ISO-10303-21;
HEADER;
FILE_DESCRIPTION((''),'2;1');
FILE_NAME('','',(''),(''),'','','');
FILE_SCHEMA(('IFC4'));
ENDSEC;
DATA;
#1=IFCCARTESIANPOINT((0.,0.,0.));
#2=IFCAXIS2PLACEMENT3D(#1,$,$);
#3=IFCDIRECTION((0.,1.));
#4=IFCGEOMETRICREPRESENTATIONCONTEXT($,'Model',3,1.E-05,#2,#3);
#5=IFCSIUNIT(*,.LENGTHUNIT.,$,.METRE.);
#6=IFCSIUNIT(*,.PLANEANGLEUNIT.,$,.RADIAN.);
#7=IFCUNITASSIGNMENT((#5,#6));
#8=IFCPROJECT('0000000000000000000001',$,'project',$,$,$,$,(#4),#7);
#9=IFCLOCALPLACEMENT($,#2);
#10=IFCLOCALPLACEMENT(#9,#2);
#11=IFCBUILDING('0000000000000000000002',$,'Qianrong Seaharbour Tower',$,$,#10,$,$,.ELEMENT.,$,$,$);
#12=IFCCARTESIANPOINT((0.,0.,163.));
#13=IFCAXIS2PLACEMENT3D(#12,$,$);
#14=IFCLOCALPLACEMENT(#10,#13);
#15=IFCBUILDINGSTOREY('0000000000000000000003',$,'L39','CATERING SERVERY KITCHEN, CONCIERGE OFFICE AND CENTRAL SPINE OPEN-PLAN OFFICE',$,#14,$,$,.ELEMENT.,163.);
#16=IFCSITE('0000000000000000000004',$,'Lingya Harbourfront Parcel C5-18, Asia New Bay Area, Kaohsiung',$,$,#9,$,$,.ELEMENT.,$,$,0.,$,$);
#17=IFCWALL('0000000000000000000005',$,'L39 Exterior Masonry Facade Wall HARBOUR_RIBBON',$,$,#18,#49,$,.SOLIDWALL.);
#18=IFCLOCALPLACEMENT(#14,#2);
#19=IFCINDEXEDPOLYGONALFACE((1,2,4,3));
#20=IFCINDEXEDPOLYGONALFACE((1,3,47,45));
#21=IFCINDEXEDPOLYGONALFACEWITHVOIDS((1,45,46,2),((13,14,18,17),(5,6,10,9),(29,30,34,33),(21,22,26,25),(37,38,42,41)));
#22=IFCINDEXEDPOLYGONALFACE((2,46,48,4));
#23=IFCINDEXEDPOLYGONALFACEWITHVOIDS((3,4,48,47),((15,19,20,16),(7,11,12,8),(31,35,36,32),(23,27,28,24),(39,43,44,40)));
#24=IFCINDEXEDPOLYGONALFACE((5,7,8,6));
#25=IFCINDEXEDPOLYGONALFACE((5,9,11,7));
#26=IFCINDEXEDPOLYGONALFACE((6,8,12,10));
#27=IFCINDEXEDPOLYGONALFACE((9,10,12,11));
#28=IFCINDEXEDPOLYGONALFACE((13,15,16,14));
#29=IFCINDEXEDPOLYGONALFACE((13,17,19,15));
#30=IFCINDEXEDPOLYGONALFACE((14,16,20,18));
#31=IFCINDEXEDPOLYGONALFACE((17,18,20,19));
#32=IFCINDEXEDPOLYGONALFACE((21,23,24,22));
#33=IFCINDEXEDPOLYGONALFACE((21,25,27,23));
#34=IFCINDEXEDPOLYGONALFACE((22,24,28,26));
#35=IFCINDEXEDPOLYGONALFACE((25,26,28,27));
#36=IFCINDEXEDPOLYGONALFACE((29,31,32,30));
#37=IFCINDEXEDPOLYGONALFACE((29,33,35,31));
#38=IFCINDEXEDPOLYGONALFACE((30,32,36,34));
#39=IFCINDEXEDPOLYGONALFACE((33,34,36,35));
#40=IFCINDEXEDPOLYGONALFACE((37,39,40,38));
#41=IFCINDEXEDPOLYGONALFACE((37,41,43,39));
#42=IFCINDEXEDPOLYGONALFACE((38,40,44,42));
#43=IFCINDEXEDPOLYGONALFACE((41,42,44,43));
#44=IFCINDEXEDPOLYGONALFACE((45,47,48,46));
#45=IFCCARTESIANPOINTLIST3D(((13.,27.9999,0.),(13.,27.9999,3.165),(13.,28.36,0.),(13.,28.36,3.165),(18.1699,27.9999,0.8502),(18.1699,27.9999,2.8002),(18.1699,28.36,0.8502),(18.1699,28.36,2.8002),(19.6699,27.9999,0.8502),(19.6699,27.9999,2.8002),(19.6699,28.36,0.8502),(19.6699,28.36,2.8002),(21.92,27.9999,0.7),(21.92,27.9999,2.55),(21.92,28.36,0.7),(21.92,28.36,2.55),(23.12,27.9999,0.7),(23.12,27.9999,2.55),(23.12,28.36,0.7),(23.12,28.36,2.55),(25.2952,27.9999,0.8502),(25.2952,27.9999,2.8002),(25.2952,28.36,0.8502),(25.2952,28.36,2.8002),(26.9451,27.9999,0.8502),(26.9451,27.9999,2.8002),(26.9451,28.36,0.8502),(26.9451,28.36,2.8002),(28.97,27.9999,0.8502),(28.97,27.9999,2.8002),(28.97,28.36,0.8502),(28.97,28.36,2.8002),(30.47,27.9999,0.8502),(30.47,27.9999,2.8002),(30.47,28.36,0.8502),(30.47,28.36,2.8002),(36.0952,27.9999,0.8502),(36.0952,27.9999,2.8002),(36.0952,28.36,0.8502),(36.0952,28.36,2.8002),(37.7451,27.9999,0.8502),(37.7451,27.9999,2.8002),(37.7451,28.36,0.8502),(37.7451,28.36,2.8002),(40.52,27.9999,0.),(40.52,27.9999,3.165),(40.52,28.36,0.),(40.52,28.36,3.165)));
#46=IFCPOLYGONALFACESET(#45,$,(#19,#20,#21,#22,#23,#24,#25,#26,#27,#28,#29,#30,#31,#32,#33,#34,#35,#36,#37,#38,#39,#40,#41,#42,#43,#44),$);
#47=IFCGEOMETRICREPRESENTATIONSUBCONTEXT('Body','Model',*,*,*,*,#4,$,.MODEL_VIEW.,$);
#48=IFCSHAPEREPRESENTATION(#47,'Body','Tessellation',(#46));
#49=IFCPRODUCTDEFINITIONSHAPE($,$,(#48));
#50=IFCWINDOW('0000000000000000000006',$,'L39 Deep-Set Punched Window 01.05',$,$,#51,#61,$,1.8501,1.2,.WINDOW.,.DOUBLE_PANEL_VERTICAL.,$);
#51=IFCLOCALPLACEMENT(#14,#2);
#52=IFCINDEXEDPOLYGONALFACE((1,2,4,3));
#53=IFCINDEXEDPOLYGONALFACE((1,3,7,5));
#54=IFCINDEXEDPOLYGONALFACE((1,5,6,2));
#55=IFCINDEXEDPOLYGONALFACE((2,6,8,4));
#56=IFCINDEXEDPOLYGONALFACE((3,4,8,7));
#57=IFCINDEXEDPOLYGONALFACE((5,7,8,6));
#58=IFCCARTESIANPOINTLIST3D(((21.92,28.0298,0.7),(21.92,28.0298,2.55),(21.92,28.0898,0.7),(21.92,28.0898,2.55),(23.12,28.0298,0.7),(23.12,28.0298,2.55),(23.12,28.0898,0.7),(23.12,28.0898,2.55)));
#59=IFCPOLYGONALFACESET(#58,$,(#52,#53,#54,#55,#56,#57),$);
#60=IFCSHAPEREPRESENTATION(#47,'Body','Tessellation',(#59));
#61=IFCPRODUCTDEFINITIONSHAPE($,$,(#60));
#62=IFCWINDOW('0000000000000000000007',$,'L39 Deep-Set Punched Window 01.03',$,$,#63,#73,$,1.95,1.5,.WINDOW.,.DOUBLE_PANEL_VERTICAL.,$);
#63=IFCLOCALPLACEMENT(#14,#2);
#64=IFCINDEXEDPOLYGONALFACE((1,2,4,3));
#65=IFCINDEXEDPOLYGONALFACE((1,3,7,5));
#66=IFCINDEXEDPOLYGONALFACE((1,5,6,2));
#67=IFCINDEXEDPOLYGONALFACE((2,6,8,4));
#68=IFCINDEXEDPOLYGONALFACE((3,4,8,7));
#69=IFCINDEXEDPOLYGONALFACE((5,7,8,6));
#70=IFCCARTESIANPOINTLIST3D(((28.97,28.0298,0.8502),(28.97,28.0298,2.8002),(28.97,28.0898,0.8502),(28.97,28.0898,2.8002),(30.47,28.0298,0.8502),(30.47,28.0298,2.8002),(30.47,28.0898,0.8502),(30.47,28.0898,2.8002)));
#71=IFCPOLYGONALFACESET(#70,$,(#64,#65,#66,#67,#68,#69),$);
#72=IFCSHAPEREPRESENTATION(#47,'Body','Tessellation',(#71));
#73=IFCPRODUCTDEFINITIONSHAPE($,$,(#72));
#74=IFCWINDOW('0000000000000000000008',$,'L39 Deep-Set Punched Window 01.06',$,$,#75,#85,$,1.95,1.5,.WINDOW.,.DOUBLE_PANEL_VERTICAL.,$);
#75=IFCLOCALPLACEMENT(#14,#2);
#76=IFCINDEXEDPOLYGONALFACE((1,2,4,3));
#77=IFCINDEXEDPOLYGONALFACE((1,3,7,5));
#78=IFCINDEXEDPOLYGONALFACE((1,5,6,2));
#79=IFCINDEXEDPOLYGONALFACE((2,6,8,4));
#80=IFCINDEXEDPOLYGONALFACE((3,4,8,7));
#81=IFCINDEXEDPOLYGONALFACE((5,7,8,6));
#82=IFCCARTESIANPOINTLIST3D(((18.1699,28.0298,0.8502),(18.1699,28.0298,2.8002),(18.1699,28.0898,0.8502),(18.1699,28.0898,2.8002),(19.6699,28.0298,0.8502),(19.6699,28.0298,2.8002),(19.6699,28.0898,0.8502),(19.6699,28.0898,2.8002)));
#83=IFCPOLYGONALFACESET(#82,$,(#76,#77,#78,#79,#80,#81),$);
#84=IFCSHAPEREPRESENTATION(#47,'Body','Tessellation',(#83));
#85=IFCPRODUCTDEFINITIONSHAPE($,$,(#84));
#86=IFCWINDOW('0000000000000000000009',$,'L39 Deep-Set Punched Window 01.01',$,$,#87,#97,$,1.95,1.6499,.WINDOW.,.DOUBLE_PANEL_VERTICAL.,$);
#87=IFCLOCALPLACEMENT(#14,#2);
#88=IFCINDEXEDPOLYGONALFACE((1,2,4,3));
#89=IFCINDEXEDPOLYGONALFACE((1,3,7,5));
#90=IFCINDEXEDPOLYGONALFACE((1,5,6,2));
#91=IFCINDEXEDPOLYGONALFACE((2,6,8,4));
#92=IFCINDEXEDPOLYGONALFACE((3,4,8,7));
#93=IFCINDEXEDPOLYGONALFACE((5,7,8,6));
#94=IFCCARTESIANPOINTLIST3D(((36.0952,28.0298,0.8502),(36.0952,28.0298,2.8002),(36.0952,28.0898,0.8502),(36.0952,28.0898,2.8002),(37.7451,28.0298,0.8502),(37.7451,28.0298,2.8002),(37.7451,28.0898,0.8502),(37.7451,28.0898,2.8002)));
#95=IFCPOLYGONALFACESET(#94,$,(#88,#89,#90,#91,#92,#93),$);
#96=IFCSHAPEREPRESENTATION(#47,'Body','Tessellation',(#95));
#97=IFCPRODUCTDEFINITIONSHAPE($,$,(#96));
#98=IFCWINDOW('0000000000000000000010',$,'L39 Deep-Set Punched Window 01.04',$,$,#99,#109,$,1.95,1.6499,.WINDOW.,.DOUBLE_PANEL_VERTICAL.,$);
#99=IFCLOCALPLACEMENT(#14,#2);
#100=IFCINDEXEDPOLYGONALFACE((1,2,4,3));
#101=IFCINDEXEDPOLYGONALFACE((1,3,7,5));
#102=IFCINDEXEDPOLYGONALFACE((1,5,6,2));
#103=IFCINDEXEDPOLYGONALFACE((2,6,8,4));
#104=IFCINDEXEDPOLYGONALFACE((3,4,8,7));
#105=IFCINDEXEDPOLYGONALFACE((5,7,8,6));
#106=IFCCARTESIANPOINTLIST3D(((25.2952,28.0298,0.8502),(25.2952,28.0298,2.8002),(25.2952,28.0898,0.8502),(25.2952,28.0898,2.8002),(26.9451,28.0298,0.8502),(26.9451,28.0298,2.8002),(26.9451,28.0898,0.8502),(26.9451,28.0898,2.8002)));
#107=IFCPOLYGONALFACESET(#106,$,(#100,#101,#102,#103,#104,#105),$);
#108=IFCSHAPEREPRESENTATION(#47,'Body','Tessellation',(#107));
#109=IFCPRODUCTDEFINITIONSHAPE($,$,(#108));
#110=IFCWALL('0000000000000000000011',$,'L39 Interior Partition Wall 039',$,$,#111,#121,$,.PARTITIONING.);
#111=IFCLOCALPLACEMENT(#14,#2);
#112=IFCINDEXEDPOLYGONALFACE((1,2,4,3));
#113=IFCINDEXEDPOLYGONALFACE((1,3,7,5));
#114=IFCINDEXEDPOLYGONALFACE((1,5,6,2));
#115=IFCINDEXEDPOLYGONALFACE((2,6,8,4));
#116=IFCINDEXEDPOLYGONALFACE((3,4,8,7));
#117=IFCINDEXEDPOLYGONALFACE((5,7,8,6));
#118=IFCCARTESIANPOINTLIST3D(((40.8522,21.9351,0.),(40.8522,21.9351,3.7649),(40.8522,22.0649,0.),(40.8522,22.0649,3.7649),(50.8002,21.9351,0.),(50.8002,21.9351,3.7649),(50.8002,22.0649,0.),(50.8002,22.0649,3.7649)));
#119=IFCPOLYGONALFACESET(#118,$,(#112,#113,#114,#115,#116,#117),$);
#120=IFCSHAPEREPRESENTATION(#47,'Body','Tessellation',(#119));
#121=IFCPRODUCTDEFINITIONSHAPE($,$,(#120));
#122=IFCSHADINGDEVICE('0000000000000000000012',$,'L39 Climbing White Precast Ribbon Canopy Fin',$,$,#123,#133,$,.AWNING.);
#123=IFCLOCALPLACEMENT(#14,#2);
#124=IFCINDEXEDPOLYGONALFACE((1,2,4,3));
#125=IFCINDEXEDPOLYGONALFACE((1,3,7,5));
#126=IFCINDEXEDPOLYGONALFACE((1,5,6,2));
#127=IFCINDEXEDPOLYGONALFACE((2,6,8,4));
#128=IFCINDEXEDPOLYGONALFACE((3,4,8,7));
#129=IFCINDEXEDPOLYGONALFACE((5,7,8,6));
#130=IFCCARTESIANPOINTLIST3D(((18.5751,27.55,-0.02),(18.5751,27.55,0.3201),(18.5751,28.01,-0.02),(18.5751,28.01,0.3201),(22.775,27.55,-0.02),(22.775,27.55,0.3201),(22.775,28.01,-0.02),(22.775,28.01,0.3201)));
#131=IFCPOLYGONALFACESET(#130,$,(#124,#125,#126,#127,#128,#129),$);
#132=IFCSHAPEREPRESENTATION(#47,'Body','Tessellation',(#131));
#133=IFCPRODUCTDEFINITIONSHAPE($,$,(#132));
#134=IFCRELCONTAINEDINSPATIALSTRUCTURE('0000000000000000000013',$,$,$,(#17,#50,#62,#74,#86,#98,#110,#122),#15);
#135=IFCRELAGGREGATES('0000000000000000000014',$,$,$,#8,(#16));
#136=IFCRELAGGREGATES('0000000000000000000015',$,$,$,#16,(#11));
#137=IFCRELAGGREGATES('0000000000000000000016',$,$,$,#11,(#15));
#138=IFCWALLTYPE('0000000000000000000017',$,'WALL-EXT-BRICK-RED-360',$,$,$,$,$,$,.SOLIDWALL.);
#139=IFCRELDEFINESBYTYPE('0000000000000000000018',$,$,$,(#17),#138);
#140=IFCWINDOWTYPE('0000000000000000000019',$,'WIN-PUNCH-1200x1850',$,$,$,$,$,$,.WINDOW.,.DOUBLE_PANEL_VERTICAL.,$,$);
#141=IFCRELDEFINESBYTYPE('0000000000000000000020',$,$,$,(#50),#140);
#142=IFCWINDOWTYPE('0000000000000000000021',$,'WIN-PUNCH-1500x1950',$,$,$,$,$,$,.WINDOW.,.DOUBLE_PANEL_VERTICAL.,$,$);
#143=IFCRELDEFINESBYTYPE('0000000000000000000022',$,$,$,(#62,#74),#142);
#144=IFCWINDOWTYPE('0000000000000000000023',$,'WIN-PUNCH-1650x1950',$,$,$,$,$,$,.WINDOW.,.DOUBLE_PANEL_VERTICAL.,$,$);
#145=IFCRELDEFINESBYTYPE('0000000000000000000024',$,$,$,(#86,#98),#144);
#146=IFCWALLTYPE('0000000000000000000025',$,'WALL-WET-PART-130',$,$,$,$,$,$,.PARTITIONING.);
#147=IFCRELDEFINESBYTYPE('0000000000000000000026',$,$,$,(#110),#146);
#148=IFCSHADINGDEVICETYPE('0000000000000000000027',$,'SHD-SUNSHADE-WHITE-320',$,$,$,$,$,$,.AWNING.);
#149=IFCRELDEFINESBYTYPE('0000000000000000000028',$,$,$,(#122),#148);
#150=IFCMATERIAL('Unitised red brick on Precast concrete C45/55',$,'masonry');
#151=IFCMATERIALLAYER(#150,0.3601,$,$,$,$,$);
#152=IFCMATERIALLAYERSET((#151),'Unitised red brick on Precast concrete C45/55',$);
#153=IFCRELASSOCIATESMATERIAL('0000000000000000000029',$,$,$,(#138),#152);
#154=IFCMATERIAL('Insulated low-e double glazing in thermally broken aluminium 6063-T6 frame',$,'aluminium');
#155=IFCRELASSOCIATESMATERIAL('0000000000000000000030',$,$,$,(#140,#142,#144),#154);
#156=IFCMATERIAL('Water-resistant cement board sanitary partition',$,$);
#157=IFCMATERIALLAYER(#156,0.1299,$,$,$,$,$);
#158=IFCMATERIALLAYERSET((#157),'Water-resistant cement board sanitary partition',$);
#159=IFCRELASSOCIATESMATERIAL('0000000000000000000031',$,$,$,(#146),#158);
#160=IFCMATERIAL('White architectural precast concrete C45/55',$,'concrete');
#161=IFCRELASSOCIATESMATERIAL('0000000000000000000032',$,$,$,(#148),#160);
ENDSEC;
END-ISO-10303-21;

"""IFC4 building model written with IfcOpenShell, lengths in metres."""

from ifc_helpers import new_model, si_unit, direction, frame, frame_2d, origin, origin_2d, place, context, subcontext, project, spatial, rectangle, extrude, material, layer, layer_set, type_object, element, fill, save


model = new_model("IFC4")

# Units and contexts
model_context = context("Model", 3, precision=1e-05, world=origin(), true_north=direction((0.0, 1.0)))
body_context = subcontext(model_context, "Body", "Model", "MODEL_VIEW")
ifc_project = project(units=[si_unit("LENGTHUNIT", "METRE"), si_unit("PLANEANGLEUNIT", "RADIAN")], contexts=[model_context])

# Site, building, storey
site_placement = place(None, origin())
site = spatial("IfcSite", under=ifc_project, at=site_placement, Name="Lingya Harbourfront Parcel C5-18, Asia New Bay Area, Kaohsiung", CompositionType="ELEMENT", RefElevation=0.0)
building_placement = place(site_placement, origin())
building = spatial("IfcBuilding", under=site, at=building_placement, Name="Qianrong Seaharbour Tower", CompositionType="ELEMENT")
storey_placement = place(building_placement, frame((0.0, 0.0, 163.0)))
storey = spatial("IfcBuildingStorey", under=building, at=storey_placement, Name="L39", Description="CATERING SERVERY KITCHEN, CONCIERGE OFFICE AND CENTRAL SPINE OPEN-PLAN OFFICE", CompositionType="ELEMENT", Elevation=163.0)

# Shared definitions
ifc_material_1 = material(Name="Unitised red brick on Precast concrete C45/55", Category="masonry")
ifc_layer_1 = layer(ifc_material_1, 0.3601)
ifc_layer_set_1 = layer_set([ifc_layer_1], Name="Unitised red brick on Precast concrete C45/55")
wall_type_1 = type_object("IfcWallType", Name="WALL-EXT-BRICK-RED-360", PredefinedType="SOLIDWALL", material=ifc_layer_set_1)

# Wall, openings, windows
wall_1_placement = place(storey_placement, frame((40.52, 28.1799, 0.0), z_axis=(0.0, 0.0, 1.0), x_axis=(-1.0, 0.0, 0.0)))
wall_1 = element("IfcWall", 1, at=wall_1_placement, inside=storey, type_object=wall_type_1, Name="L39 Exterior Masonry Facade Wall HARBOUR_RIBBON", PredefinedType="SOLIDWALL", context=body_context, shape_type="SweptSolid", body=[
    extrude(rectangle(XDim=27.52, YDim=0.3601, at=frame_2d((13.76, 0.0))), origin(), (0.0, 0.0, 1.0), 3.165),
])
opening_1_placement = place(wall_1_placement, frame((2.7749, 0.0, 0.8501)))
opening_1 = element("IfcOpeningElement", 2, at=opening_1_placement, cuts=wall_1, PredefinedType="OPENING", context=body_context, shape_type="SweptSolid", body=[
    extrude(rectangle(XDim=1.6499, YDim=1.95, at=frame_2d((0.825, 0.9751))), frame((0.0, 0.1899, 0.0), z_axis=(0.0, -1.0, 0.0), x_axis=(1.0, 0.0, 0.0)), (0.0, 0.0, 1.0), 0.3801),
])
opening_2_placement = place(wall_1_placement, frame((10.05, 0.0, 0.8501)))
opening_2 = element("IfcOpeningElement", 3, at=opening_2_placement, cuts=wall_1, PredefinedType="OPENING", context=body_context, shape_type="SweptSolid", body=[
    extrude(rectangle(XDim=1.5, YDim=1.95, at=frame_2d((0.75, 0.9751))), frame((0.0, 0.1899, 0.0), z_axis=(0.0, -1.0, 0.0), x_axis=(1.0, 0.0, 0.0)), (0.0, 0.0, 1.0), 0.3801),
])
opening_3_placement = place(wall_1_placement, frame((13.575, 0.0, 0.8501)))
opening_3 = element("IfcOpeningElement", 4, at=opening_3_placement, cuts=wall_1, PredefinedType="OPENING", context=body_context, shape_type="SweptSolid", body=[
    extrude(rectangle(XDim=1.6499, YDim=1.95, at=frame_2d((0.825, 0.9751))), frame((0.0, 0.1899, 0.0), z_axis=(0.0, -1.0, 0.0), x_axis=(1.0, 0.0, 0.0)), (0.0, 0.0, 1.0), 0.3801),
])
opening_4_placement = place(wall_1_placement, frame((17.3999, 0.0, 0.7)))
opening_4 = element("IfcOpeningElement", 5, at=opening_4_placement, cuts=wall_1, PredefinedType="OPENING", context=body_context, shape_type="SweptSolid", body=[
    extrude(rectangle(XDim=1.2, YDim=1.8501, at=frame_2d((0.6001, 0.925))), frame((0.0, 0.1899, 0.0), z_axis=(0.0, -1.0, 0.0), x_axis=(1.0, 0.0, 0.0)), (0.0, 0.0, 1.0), 0.3801),
])
opening_5_placement = place(wall_1_placement, frame((20.8501, 0.0, 0.8501)))
opening_5 = element("IfcOpeningElement", 6, at=opening_5_placement, cuts=wall_1, PredefinedType="OPENING", context=body_context, shape_type="SweptSolid", body=[
    extrude(rectangle(XDim=1.5, YDim=1.95, at=frame_2d((0.75, 0.9751))), frame((0.0, 0.1899, 0.0), z_axis=(0.0, -1.0, 0.0), x_axis=(1.0, 0.0, 0.0)), (0.0, 0.0, 1.0), 0.3801),
])
ifc_material_2 = material(Name="Insulated low-e double glazing in thermally broken aluminium 6063-T6 frame", Category="aluminium")
window_type_1 = type_object("IfcWindowType", Name="WIN-PUNCH-1200x1850", PartitioningType="DOUBLE_PANEL_VERTICAL", PredefinedType="WINDOW", material=ifc_material_2)
window_1_placement = place(opening_4_placement, origin())
window_1 = element("IfcWindow", 7, at=window_1_placement, inside=storey, type_object=window_type_1, Name="L39 Deep-Set Punched Window 01.05", OverallHeight=1.8501, OverallWidth=1.2, PartitioningType="DOUBLE_PANEL_VERTICAL", PredefinedType="WINDOW", context=body_context, shape_type="SweptSolid", body=[
    extrude(rectangle(XDim=1.2, YDim=1.8501, at=frame_2d((0.6001, 0.925))), frame((0.0, 0.1501, 0.0), z_axis=(0.0, -1.0, 0.0), x_axis=(1.0, 0.0, 0.0)), (0.0, 0.0, 1.0), 0.0601),
])
fill(opening_4, window_1)
window_type_2 = type_object("IfcWindowType", Name="WIN-PUNCH-1500x1950", PartitioningType="DOUBLE_PANEL_VERTICAL", PredefinedType="WINDOW", material=ifc_material_2)
window_2_placement = place(opening_2_placement, origin())
window_2 = element("IfcWindow", 8, at=window_2_placement, inside=storey, type_object=window_type_2, Name="L39 Deep-Set Punched Window 01.03", OverallHeight=1.95, OverallWidth=1.5, PartitioningType="DOUBLE_PANEL_VERTICAL", PredefinedType="WINDOW", context=body_context, shape_type="SweptSolid", body=[
    extrude(rectangle(XDim=1.5, YDim=1.95, at=frame_2d((0.75, 0.9751))), frame((0.0, 0.1501, 0.0), z_axis=(0.0, -1.0, 0.0), x_axis=(1.0, 0.0, 0.0)), (0.0, 0.0, 1.0), 0.0601),
])
fill(opening_2, window_2)
window_3_placement = place(opening_5_placement, origin())
window_3 = element("IfcWindow", 9, at=window_3_placement, inside=storey, type_object=window_type_2, Name="L39 Deep-Set Punched Window 01.06", OverallHeight=1.95, OverallWidth=1.5, PartitioningType="DOUBLE_PANEL_VERTICAL", PredefinedType="WINDOW", context=body_context, shape_type="SweptSolid", body=[
    extrude(rectangle(XDim=1.5, YDim=1.95, at=frame_2d((0.75, 0.9751))), frame((0.0, 0.1501, 0.0), z_axis=(0.0, -1.0, 0.0), x_axis=(1.0, 0.0, 0.0)), (0.0, 0.0, 1.0), 0.0601),
])
fill(opening_5, window_3)
window_type_3 = type_object("IfcWindowType", Name="WIN-PUNCH-1650x1950", PartitioningType="DOUBLE_PANEL_VERTICAL", PredefinedType="WINDOW", material=ifc_material_2)
window_4_placement = place(opening_1_placement, origin())
window_4 = element("IfcWindow", 10, at=window_4_placement, inside=storey, type_object=window_type_3, Name="L39 Deep-Set Punched Window 01.01", OverallHeight=1.95, OverallWidth=1.6499, PartitioningType="DOUBLE_PANEL_VERTICAL", PredefinedType="WINDOW", context=body_context, shape_type="SweptSolid", body=[
    extrude(rectangle(XDim=1.6499, YDim=1.95, at=frame_2d((0.825, 0.9751))), frame((0.0, 0.1501, 0.0), z_axis=(0.0, -1.0, 0.0), x_axis=(1.0, 0.0, 0.0)), (0.0, 0.0, 1.0), 0.0601),
])
fill(opening_1, window_4)
window_5_placement = place(opening_3_placement, origin())
window_5 = element("IfcWindow", 11, at=window_5_placement, inside=storey, type_object=window_type_3, Name="L39 Deep-Set Punched Window 01.04", OverallHeight=1.95, OverallWidth=1.6499, PartitioningType="DOUBLE_PANEL_VERTICAL", PredefinedType="WINDOW", context=body_context, shape_type="SweptSolid", body=[
    extrude(rectangle(XDim=1.6499, YDim=1.95, at=frame_2d((0.825, 0.9751))), frame((0.0, 0.1501, 0.0), z_axis=(0.0, -1.0, 0.0), x_axis=(1.0, 0.0, 0.0)), (0.0, 0.0, 1.0), 0.0601),
])
fill(opening_3, window_5)

# Wall
ifc_material_3 = material(Name="Water-resistant cement board sanitary partition")
ifc_layer_2 = layer(ifc_material_3, 0.1299)
ifc_layer_set_2 = layer_set([ifc_layer_2], Name="Water-resistant cement board sanitary partition")
wall_type_2 = type_object("IfcWallType", Name="WALL-WET-PART-130", PredefinedType="PARTITIONING", material=ifc_layer_set_2)
wall_2_placement = place(storey_placement, frame((40.8521, 22.0, 0.0), z_axis=(0.0, 0.0, 1.0), x_axis=(1.0, 0.0, 0.0)))
element("IfcWall", 12, at=wall_2_placement, inside=storey, type_object=wall_type_2, Name="L39 Interior Partition Wall 039", PredefinedType="PARTITIONING", context=body_context, shape_type="SweptSolid", body=[
    extrude(rectangle(XDim=9.948, YDim=0.1299, at=frame_2d((4.9741, 0.0))), origin(), (0.0, 0.0, 1.0), 3.7649),
])

# Shading device
ifc_material_4 = material(Name="White architectural precast concrete C45/55", Category="concrete")
shading_device_type = type_object("IfcShadingDeviceType", Name="SHD-SUNSHADE-WHITE-320", PredefinedType="AWNING", material=ifc_material_4)
shading_device_placement = place(storey_placement, frame((20.675, 27.78, -0.02), z_axis=(0.0, 0.0, 1.0), x_axis=(1.0, 0.0, 0.0)))
element("IfcShadingDevice", 13, at=shading_device_placement, inside=storey, type_object=shading_device_type, Name="L39 Climbing White Precast Ribbon Canopy Fin", PredefinedType="AWNING", context=body_context, shape_type="SweptSolid", body=[
    extrude(rectangle(XDim=4.2, YDim=0.46, at=origin_2d()), origin(), (0.0, 0.0, 1.0), 0.3401),
])

save(model, "model.ifc")
